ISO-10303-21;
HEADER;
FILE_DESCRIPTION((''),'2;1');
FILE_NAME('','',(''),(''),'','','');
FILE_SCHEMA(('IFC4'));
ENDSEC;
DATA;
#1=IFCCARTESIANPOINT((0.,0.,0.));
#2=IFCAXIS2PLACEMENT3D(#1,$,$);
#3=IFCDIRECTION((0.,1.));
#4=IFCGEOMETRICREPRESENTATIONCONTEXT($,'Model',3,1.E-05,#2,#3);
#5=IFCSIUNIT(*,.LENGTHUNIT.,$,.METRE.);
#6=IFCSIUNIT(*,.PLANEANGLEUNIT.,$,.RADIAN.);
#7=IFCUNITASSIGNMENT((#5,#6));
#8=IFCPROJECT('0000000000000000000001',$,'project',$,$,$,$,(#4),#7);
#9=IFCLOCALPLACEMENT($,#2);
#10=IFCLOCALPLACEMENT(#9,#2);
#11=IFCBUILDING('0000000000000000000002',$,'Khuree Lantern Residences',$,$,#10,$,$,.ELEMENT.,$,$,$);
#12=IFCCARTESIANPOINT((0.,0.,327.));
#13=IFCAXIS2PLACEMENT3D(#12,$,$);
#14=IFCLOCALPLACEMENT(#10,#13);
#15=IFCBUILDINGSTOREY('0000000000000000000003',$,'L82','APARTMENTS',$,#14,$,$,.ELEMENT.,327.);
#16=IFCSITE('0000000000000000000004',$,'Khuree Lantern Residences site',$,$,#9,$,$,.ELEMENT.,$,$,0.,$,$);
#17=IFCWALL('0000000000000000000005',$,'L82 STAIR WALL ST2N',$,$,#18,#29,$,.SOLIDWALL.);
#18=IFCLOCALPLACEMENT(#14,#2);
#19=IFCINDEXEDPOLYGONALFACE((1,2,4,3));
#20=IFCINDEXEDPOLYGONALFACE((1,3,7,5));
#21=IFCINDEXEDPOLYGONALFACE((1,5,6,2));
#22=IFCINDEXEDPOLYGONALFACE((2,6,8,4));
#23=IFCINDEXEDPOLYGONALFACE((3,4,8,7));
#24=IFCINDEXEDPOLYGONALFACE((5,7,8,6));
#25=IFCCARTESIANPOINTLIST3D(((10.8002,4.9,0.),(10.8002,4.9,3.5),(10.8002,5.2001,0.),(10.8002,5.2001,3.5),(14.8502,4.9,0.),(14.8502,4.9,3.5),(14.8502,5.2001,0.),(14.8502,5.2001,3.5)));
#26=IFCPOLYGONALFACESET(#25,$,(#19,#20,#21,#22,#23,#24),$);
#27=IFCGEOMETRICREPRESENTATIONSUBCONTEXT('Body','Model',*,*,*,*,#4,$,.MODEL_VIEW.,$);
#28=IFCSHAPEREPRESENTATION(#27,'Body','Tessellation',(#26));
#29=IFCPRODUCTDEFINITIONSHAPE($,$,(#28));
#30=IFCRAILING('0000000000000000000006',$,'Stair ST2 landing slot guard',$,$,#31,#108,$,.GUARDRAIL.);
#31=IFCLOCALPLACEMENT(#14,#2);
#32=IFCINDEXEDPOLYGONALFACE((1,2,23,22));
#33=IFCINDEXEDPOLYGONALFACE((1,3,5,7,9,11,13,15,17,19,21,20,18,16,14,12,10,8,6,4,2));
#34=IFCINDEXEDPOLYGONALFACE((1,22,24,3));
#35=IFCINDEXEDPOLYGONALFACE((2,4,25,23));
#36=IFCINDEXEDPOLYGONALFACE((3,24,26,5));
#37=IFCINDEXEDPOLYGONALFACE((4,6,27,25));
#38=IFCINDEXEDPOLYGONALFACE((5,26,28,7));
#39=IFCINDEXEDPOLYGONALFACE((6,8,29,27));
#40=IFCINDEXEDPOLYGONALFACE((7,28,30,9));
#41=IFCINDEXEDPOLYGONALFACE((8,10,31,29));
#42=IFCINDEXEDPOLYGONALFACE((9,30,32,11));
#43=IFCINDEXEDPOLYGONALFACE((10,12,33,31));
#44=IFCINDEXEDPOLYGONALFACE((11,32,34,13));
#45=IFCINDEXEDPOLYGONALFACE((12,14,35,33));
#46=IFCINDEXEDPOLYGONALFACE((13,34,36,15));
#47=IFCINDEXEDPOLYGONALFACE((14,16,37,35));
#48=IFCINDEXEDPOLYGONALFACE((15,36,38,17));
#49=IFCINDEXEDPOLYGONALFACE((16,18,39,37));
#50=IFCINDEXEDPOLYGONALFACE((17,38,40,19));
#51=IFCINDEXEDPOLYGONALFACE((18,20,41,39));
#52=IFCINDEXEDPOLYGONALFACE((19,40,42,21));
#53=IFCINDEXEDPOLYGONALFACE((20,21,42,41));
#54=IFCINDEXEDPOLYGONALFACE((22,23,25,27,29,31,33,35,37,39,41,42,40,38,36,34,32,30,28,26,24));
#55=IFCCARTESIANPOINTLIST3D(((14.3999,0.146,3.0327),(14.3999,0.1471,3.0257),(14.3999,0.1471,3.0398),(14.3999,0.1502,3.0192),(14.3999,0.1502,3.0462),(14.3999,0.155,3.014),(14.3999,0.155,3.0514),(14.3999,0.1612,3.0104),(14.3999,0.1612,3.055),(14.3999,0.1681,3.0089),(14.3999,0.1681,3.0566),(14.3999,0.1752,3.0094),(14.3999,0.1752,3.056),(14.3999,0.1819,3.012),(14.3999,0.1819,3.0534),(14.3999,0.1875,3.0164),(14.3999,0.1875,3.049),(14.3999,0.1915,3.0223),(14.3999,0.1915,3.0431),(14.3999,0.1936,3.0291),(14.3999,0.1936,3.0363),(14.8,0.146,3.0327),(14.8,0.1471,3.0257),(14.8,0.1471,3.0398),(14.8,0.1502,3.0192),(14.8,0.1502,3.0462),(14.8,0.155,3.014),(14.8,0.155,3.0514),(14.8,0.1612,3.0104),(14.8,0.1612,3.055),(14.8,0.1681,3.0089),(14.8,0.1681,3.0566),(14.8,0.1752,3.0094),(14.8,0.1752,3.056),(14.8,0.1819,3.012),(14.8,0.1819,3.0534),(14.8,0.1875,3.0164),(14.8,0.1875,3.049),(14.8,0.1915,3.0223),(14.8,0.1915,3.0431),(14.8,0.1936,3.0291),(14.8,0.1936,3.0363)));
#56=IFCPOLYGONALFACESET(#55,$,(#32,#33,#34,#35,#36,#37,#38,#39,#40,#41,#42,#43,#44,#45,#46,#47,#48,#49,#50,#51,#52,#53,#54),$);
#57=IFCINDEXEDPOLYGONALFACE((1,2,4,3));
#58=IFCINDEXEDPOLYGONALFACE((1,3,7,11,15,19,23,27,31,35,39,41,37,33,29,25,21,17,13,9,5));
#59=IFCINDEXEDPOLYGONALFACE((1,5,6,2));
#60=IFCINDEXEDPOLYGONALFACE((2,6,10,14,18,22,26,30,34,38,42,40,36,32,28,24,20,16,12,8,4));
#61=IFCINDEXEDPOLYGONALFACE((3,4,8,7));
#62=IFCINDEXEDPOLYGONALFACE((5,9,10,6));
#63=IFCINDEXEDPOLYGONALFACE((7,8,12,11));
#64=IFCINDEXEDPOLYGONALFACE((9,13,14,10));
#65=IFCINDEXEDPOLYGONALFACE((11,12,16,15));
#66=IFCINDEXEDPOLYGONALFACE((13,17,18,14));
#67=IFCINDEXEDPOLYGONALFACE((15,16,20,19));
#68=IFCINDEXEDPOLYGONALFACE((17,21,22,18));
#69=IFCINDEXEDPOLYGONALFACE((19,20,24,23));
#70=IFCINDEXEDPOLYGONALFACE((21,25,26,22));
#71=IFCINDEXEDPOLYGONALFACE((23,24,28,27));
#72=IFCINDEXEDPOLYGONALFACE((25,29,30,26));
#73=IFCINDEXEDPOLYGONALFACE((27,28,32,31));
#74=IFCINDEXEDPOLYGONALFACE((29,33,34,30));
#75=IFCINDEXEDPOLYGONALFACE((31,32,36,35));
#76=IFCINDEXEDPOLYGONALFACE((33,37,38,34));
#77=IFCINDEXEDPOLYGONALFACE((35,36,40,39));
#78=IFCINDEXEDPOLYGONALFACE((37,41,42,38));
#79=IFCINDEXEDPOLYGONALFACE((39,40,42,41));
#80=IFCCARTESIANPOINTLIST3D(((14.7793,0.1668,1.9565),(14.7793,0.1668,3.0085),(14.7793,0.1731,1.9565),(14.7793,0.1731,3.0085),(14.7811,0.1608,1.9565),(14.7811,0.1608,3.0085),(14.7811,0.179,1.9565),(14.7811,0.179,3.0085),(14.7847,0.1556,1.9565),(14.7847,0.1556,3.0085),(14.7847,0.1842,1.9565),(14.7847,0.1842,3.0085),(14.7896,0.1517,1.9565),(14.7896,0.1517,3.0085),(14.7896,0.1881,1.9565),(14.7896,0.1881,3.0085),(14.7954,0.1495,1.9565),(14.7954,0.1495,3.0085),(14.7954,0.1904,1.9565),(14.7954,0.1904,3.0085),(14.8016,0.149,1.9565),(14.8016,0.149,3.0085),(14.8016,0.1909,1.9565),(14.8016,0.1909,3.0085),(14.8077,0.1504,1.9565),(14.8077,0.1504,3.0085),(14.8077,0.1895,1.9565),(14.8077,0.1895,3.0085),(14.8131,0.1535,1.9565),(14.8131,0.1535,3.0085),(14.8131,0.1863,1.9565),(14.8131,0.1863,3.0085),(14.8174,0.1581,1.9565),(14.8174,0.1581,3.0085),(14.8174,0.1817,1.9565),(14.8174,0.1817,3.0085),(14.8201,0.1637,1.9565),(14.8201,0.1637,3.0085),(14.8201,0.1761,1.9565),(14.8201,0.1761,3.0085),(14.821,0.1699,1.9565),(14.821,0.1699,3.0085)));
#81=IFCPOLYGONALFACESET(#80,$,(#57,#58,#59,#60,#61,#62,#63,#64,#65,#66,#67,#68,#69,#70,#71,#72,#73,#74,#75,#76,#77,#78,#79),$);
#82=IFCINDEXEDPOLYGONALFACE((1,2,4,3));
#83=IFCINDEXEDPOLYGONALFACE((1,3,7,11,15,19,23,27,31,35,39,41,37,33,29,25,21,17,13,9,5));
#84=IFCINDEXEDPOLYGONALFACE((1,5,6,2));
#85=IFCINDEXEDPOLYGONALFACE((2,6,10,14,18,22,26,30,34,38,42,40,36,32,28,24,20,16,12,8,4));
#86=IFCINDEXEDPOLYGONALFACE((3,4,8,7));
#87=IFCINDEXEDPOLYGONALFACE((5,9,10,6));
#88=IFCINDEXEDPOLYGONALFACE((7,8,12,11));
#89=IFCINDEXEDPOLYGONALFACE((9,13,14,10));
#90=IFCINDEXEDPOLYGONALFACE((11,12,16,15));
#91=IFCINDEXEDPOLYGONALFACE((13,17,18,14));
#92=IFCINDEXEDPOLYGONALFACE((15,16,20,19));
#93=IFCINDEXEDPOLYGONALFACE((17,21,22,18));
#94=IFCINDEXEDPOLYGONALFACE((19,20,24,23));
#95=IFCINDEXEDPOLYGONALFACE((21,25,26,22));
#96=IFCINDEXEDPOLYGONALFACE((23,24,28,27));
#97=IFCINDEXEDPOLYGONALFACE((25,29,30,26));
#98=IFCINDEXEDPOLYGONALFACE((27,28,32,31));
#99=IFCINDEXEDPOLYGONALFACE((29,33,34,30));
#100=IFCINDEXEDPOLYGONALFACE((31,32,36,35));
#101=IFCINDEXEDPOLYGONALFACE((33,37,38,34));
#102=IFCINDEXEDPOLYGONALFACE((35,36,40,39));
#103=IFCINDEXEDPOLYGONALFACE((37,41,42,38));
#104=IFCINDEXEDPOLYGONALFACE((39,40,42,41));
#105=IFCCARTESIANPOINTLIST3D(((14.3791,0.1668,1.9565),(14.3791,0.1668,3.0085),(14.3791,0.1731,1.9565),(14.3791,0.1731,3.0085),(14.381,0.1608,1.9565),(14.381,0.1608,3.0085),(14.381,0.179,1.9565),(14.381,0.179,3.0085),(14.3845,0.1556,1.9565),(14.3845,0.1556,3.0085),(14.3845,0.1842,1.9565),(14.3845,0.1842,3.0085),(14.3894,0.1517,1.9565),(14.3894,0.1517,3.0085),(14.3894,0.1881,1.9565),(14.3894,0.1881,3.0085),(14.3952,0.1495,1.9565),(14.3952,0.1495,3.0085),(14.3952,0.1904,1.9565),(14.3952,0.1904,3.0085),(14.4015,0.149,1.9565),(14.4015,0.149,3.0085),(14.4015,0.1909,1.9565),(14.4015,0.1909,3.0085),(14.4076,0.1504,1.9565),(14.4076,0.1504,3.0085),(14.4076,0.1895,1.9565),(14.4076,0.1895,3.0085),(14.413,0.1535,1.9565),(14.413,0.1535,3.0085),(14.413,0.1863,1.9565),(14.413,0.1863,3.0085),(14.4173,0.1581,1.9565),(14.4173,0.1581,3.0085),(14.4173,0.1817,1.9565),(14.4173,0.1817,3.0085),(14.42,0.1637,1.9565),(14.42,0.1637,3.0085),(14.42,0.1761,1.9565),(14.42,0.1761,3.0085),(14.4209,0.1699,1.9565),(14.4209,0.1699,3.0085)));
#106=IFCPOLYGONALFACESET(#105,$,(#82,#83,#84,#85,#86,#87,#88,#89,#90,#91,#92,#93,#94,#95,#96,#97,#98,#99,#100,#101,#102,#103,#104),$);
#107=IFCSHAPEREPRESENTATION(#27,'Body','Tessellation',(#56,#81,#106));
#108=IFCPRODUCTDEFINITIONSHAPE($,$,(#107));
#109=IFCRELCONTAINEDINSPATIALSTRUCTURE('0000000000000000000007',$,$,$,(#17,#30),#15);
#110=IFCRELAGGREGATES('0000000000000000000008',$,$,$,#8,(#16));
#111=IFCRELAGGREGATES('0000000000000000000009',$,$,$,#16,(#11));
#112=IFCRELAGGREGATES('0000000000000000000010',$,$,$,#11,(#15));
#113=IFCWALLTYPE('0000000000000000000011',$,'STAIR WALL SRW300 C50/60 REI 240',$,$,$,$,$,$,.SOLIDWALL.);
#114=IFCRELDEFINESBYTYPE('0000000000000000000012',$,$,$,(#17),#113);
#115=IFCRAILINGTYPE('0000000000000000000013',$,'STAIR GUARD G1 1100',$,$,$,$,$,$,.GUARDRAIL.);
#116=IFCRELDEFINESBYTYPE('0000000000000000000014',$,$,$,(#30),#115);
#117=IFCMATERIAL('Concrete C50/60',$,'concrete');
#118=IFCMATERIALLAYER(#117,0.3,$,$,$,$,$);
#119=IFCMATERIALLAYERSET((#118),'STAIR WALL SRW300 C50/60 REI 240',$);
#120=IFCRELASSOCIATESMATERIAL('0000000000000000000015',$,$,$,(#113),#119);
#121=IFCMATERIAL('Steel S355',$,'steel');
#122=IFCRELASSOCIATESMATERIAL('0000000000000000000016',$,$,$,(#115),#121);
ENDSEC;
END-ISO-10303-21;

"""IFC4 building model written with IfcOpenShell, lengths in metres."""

from ifc_helpers import new_model, si_unit, direction, frame, frame_2d, origin, origin_2d, place, context, subcontext, project, spatial, rectangle, circle, extrude, material, layer, layer_set, type_object, element, save


model = new_model("IFC4")

# Units and contexts
model_context = context("Model", 3, precision=1e-05, world=origin(), true_north=direction((0.0, 1.0)))
body_context = subcontext(model_context, "Body", "Model", "MODEL_VIEW")
ifc_project = project(units=[si_unit("LENGTHUNIT", "METRE"), si_unit("PLANEANGLEUNIT", "RADIAN")], contexts=[model_context])

# Site, building, storey
site_placement = place(None, origin())
site = spatial("IfcSite", under=ifc_project, at=site_placement, Name="Khuree Lantern Residences site", CompositionType="ELEMENT", RefElevation=0.0)
building_placement = place(site_placement, origin())
building = spatial("IfcBuilding", under=site, at=building_placement, Name="Khuree Lantern Residences", CompositionType="ELEMENT")
storey_placement = place(building_placement, frame((0.0, 0.0, 327.0)))
storey = spatial("IfcBuildingStorey", under=building, at=storey_placement, Name="L82", Description="APARTMENTS", CompositionType="ELEMENT", Elevation=327.0)

# Shared definitions
ifc_material_1 = material(Name="Concrete C50/60", Category="concrete")

# Wall
ifc_layer_1 = layer(ifc_material_1, 0.3)
ifc_layer_set_1 = layer_set([ifc_layer_1], Name="STAIR WALL SRW300 C50/60 REI 240")
wall_type_1 = type_object("IfcWallType", Name="STAIR WALL SRW300 C50/60 REI 240", PredefinedType="SOLIDWALL", material=ifc_layer_set_1)
wall_1_placement = place(storey_placement, frame((14.8501, 5.05, 0.0), z_axis=(0.0, 0.0, 1.0), x_axis=(-1.0, 0.0, 0.0)))
element("IfcWall", 1, at=wall_1_placement, inside=storey, type_object=wall_type_1, Name="L82 STAIR WALL ST2N", PredefinedType="SOLIDWALL", context=body_context, shape_type="SweptSolid", body=[
    extrude(rectangle(XDim=4.05, YDim=0.3, at=frame_2d((2.0249, 0.0))), origin(), (0.0, 0.0, 1.0), 3.5),
])

# Railing
ifc_material_2 = material(Name="Steel S355", Category="steel")
railing_type = type_object("IfcRailingType", Name="STAIR GUARD G1 1100", PredefinedType="GUARDRAIL", material=ifc_material_2)
railing_placement = place(storey_placement, frame((14.8, 0.1699, 1.9565)))
element("IfcRailing", 2, at=railing_placement, inside=storey, type_object=railing_type, Name="Stair ST2 landing slot guard", PredefinedType="GUARDRAIL", context=body_context, shape_type="SweptSolid", body=[
    extrude(circle(Radius=0.0239, at=origin_2d()), frame((0.0, 0.0, 1.0762), z_axis=(-1.0, 0.0, 0.0), x_axis=(0.0, -1.0, 0.0)), (0.0, 0.0, 1.0), 0.4001),
    extrude(circle(Radius=0.021, at=origin_2d()), origin(), (0.0, 0.0, 1.0), 1.052),
    extrude(circle(Radius=0.021, at=origin_2d()), frame((-0.4001, 0.0, 0.0)), (0.0, 0.0, 1.0), 1.052),
])

save(model, "model.ifc")
